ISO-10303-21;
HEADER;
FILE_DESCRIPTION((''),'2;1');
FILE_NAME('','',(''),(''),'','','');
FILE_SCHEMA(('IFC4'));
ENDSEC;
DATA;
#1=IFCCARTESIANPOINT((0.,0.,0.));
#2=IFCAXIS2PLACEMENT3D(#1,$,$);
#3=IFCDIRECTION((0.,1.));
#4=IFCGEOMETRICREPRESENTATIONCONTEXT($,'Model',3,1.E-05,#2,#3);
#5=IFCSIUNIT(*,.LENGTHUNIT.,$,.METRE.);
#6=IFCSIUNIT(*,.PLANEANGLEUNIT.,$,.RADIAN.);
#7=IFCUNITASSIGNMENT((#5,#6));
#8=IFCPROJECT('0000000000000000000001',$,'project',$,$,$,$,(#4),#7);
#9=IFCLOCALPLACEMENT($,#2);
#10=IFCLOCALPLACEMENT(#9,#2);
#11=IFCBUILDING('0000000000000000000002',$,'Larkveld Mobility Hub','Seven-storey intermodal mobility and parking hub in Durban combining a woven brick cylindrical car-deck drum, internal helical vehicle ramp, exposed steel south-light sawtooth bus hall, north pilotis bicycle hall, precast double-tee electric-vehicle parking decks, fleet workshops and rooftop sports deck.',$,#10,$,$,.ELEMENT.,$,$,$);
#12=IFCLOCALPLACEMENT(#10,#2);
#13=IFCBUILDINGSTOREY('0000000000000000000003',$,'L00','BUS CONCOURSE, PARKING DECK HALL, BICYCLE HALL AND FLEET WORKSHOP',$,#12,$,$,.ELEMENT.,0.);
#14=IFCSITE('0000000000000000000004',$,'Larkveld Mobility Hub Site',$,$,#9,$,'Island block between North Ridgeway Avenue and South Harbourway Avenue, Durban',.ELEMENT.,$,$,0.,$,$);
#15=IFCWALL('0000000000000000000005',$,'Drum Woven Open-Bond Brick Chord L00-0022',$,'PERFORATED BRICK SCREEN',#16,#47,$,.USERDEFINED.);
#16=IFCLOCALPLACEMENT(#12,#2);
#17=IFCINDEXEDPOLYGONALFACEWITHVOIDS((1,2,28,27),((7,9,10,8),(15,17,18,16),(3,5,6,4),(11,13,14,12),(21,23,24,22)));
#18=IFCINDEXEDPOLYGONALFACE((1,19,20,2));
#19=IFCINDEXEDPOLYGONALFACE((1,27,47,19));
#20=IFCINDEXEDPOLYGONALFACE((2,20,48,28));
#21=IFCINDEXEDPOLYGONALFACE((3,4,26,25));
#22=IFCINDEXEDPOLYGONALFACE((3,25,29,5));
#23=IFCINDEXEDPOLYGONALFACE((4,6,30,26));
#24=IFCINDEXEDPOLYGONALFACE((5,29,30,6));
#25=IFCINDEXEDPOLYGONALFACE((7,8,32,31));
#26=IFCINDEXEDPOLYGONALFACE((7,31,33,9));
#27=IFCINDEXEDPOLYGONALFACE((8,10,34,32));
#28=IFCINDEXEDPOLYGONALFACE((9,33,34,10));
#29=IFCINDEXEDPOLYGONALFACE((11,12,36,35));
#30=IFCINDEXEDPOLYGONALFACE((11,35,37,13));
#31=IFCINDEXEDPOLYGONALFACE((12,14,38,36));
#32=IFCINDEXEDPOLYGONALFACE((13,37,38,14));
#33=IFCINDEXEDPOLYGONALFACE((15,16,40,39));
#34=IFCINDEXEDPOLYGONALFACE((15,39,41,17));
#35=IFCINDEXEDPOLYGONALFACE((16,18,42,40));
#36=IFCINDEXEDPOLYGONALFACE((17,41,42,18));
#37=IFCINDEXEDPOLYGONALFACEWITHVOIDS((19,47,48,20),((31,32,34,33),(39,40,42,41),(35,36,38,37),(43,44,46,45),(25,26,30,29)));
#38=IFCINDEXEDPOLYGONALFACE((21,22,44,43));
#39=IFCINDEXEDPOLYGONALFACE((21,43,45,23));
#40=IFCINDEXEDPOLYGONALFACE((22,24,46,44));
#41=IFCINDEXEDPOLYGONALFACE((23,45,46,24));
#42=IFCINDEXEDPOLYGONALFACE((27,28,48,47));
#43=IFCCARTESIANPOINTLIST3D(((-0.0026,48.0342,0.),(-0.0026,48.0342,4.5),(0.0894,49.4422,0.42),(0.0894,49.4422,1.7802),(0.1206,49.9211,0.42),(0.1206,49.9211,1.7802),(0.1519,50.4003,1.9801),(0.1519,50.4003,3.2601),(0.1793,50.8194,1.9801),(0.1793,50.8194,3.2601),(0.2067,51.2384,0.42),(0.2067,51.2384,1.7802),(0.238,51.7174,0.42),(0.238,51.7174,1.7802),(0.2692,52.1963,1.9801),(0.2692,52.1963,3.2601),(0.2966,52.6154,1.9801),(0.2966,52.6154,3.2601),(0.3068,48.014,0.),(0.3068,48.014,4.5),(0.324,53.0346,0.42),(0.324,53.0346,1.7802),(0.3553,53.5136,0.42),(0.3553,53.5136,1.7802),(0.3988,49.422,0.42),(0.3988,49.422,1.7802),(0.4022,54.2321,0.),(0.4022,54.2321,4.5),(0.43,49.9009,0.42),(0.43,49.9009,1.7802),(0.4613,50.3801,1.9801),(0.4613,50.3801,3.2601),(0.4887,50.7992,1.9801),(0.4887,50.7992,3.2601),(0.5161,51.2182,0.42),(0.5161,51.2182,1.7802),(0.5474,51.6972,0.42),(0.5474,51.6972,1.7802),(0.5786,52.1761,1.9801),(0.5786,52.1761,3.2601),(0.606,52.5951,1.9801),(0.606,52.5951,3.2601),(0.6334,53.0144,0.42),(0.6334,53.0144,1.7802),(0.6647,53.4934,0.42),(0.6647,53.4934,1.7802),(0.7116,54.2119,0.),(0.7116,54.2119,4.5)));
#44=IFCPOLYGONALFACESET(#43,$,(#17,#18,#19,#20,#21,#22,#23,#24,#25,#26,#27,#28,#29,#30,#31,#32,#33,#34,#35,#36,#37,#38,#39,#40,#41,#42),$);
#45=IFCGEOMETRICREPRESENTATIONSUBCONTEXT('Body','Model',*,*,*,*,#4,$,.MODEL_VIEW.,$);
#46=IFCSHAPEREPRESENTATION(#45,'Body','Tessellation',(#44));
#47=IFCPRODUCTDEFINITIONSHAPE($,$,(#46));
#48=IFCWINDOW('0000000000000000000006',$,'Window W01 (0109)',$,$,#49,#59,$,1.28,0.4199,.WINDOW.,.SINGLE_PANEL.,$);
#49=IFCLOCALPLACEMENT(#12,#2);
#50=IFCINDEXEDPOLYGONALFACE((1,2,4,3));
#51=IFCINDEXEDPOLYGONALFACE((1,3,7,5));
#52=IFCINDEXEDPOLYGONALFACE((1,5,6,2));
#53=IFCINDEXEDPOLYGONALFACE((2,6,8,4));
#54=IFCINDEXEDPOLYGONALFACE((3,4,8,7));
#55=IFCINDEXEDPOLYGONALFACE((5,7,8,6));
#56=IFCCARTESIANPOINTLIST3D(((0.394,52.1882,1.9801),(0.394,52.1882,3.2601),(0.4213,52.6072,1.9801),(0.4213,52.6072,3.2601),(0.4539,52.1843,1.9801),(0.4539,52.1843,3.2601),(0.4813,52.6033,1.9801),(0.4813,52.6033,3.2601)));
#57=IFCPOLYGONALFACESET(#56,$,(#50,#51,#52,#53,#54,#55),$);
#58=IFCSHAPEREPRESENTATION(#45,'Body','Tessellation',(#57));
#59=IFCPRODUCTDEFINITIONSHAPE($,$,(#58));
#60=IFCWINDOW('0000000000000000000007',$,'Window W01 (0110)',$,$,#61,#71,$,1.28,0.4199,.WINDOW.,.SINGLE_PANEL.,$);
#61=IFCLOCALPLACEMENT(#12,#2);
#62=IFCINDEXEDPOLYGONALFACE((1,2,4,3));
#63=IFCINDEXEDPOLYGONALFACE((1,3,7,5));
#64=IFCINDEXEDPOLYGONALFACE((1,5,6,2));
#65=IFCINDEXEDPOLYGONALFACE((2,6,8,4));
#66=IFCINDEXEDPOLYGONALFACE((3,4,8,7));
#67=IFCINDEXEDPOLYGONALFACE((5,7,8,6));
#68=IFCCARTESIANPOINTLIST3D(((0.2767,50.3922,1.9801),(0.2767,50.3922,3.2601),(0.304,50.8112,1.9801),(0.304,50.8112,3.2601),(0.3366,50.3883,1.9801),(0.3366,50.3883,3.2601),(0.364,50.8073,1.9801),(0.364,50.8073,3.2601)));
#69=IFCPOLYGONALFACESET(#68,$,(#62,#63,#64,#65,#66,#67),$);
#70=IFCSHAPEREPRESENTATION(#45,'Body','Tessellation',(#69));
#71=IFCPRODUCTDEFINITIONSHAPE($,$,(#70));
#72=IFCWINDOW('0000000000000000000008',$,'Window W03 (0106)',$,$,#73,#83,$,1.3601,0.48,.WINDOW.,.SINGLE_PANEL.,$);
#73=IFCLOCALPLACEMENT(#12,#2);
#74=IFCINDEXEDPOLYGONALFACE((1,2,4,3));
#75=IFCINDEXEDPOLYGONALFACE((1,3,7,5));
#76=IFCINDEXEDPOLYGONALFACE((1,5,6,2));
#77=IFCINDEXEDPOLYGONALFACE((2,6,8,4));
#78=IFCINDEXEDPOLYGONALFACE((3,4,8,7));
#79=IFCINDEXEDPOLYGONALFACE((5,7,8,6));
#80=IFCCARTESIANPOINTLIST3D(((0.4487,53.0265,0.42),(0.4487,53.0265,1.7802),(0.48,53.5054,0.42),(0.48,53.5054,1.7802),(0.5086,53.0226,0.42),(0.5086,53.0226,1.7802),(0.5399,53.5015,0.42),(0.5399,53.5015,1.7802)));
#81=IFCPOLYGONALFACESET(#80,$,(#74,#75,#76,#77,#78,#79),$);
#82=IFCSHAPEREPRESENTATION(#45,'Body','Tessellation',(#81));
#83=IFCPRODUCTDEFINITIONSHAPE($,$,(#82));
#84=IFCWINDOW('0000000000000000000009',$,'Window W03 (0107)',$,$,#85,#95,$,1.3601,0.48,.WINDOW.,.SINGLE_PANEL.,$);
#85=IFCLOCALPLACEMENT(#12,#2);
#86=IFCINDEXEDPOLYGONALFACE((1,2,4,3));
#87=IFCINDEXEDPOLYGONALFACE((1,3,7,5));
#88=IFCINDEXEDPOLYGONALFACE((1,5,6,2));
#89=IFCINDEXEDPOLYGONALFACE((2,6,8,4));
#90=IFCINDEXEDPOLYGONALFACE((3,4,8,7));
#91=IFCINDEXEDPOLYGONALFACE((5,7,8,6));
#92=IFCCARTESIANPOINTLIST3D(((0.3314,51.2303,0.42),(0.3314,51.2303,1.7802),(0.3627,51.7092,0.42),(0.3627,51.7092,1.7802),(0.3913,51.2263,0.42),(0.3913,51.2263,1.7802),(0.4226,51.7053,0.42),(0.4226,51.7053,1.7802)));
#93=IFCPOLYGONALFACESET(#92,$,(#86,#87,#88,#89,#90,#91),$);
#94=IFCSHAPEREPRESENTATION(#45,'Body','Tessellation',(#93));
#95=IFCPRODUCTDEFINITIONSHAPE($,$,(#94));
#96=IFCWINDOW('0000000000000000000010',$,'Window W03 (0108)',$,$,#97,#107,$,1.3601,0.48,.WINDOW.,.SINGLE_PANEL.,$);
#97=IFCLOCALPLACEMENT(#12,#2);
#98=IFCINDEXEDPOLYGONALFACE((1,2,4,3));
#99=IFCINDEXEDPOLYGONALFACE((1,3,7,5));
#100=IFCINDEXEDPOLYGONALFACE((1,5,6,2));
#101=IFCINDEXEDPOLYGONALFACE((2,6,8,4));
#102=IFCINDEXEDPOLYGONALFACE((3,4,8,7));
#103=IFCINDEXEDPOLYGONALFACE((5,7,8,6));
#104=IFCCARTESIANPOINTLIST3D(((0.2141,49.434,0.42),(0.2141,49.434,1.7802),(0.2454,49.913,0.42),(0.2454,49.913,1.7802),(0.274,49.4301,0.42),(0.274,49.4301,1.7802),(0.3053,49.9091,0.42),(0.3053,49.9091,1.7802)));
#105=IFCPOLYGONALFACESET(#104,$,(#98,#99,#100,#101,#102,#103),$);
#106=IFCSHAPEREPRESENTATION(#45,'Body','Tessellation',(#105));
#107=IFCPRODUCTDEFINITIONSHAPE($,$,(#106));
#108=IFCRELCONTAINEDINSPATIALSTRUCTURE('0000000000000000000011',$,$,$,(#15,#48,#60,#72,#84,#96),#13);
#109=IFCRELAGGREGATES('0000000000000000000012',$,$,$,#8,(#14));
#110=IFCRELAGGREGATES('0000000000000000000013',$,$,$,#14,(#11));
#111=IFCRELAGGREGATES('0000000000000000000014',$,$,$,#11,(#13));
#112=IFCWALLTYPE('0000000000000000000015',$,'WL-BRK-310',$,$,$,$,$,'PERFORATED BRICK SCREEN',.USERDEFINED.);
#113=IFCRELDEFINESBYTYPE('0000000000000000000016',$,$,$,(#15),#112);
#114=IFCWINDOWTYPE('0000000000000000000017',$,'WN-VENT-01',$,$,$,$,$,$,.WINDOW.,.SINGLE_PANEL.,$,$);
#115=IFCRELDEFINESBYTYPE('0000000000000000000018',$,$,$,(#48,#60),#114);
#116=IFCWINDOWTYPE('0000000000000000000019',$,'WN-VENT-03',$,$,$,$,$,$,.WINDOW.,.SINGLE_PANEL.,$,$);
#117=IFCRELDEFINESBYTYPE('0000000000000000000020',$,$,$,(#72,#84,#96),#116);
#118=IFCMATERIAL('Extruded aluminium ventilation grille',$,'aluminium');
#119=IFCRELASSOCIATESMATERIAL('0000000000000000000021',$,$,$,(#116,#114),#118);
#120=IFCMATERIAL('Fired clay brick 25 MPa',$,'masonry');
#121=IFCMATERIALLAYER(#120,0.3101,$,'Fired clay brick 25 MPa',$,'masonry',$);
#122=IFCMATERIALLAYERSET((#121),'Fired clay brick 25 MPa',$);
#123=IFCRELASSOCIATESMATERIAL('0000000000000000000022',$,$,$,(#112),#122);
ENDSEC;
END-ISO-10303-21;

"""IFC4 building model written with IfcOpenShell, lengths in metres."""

from ifc_helpers import new_model, si_unit, direction, frame, frame_2d, origin, place, context, subcontext, project, spatial, rectangle, extrude, material, layer, layer_set, type_object, element, fill, save


model = new_model("IFC4")

# Units and contexts
model_context = context("Model", 3, precision=1e-05, world=origin(), true_north=direction((0.0, 1.0)))
body_context = subcontext(model_context, "Body", "Model", "MODEL_VIEW")
ifc_project = project(units=[si_unit("LENGTHUNIT", "METRE"), si_unit("PLANEANGLEUNIT", "RADIAN")], contexts=[model_context])

# Site, building, storey
site_placement = place(None, origin())
site = spatial("IfcSite", under=ifc_project, at=site_placement, Name="Larkveld Mobility Hub Site", LongName="Island block between North Ridgeway Avenue and South Harbourway Avenue, Durban", CompositionType="ELEMENT", RefElevation=0.0)
building_placement = place(site_placement, origin())
building = spatial("IfcBuilding", under=site, at=building_placement, Name="Larkveld Mobility Hub", Description="Seven-storey intermodal mobility and parking hub in Durban combining a woven brick cylindrical car-deck drum, internal helical vehicle ramp, exposed steel south-light sawtooth bus hall, north pilotis bicycle hall, precast double-tee electric-vehicle parking decks, fleet workshops and rooftop sports deck.", CompositionType="ELEMENT")
storey_placement = place(building_placement, origin())
storey = spatial("IfcBuildingStorey", under=building, at=storey_placement, Name="L00", Description="BUS CONCOURSE, PARKING DECK HALL, BICYCLE HALL AND FLEET WORKSHOP", CompositionType="ELEMENT", Elevation=0.0)

# Wall, openings, windows
ifc_material_1 = material(Name="Fired clay brick 25 MPa", Category="masonry")
ifc_material_2 = material(Name="Extruded aluminium ventilation grille", Category="aluminium")
window_type_1 = type_object("IfcWindowType", Name="WN-VENT-03", PartitioningType="SINGLE_PANEL", PredefinedType="WINDOW", material=ifc_material_2)
ifc_layer_1 = layer(ifc_material_1, 0.3101, Name="Fired clay brick 25 MPa", Category="masonry")
ifc_layer_set_1 = layer_set([ifc_layer_1], Name="Fired clay brick 25 MPa")
wall_type_1 = type_object("IfcWallType", Name="WL-BRK-310", ElementType="PERFORATED BRICK SCREEN", PredefinedType="USERDEFINED", material=ifc_layer_set_1)
wall_1_placement = place(storey_placement, frame((0.5569, 54.2219, 0.0), z_axis=(0.0, 0.0, 1.0), x_axis=(-0.06517, -0.997874, 0.0)))
wall_1 = element("IfcWall", 1, at=wall_1_placement, inside=storey, type_object=wall_type_1, Name="Drum Woven Open-Bond Brick Chord L00-0022", ObjectType="PERFORATED BRICK SCREEN", PredefinedType="USERDEFINED", context=body_context, shape_type="SweptSolid", body=[
    extrude(rectangle(XDim=6.2112, YDim=0.3101, at=frame_2d((3.1055, 0.0))), origin(), (0.0, 0.0, 1.0), 4.5),
])
opening_1_placement = place(wall_1_placement, frame((0.72, 0.0, 0.4199)))
opening_1 = element("IfcOpeningElement", 2, at=opening_1_placement, cuts=wall_1, PredefinedType="OPENING", context=body_context, shape_type="SweptSolid", body=[
    extrude(rectangle(XDim=0.48, YDim=1.3601, at=frame_2d((0.24, 0.6802))), frame((0.0, 0.165, 0.0), z_axis=(0.0, -1.0, 0.0), x_axis=(1.0, 0.0, 0.0)), (0.0, 0.0, 1.0), 0.3301),
])
opening_2_placement = place(wall_1_placement, frame((2.52, 0.0, 0.4199)))
opening_2 = element("IfcOpeningElement", 3, at=opening_2_placement, cuts=wall_1, PredefinedType="OPENING", context=body_context, shape_type="SweptSolid", body=[
    extrude(rectangle(XDim=0.48, YDim=1.3601, at=frame_2d((0.24, 0.6802))), frame((0.0, 0.165, 0.0), z_axis=(0.0, -1.0, 0.0), x_axis=(1.0, 0.0, 0.0)), (0.0, 0.0, 1.0), 0.3301),
])
opening_3_placement = place(wall_1_placement, frame((4.3201, 0.0, 0.4199)))
opening_3 = element("IfcOpeningElement", 4, at=opening_3_placement, cuts=wall_1, PredefinedType="OPENING", context=body_context, shape_type="SweptSolid", body=[
    extrude(rectangle(XDim=0.48, YDim=1.3601, at=frame_2d((0.24, 0.6802))), frame((0.0, 0.165, 0.0), z_axis=(0.0, -1.0, 0.0), x_axis=(1.0, 0.0, 0.0)), (0.0, 0.0, 1.0), 0.3301),
])
opening_4_placement = place(wall_1_placement, frame((1.6201, 0.0, 1.98)))
opening_4 = element("IfcOpeningElement", 5, at=opening_4_placement, cuts=wall_1, PredefinedType="OPENING", context=body_context, shape_type="SweptSolid", body=[
    extrude(rectangle(XDim=0.4199, YDim=1.28, at=frame_2d((0.21, 0.6401))), frame((0.0, 0.165, 0.0), z_axis=(0.0, -1.0, 0.0), x_axis=(1.0, 0.0, 0.0)), (0.0, 0.0, 1.0), 0.3301),
])
opening_5_placement = place(wall_1_placement, frame((3.4199, 0.0, 1.98)))
opening_5 = element("IfcOpeningElement", 6, at=opening_5_placement, cuts=wall_1, PredefinedType="OPENING", context=body_context, shape_type="SweptSolid", body=[
    extrude(rectangle(XDim=0.4199, YDim=1.28, at=frame_2d((0.21, 0.6401))), frame((0.0, 0.165, 0.0), z_axis=(0.0, -1.0, 0.0), x_axis=(1.0, 0.0, 0.0)), (0.0, 0.0, 1.0), 0.3301),
])
window_type_2 = type_object("IfcWindowType", Name="WN-VENT-01", PartitioningType="SINGLE_PANEL", PredefinedType="WINDOW", material=ifc_material_2)
window_1_placement = place(opening_4_placement, origin())
window_1 = element("IfcWindow", 7, at=window_1_placement, inside=storey, type_object=window_type_2, Name="Window W01 (0109)", OverallHeight=1.28, OverallWidth=0.4199, PartitioningType="SINGLE_PANEL", PredefinedType="WINDOW", context=body_context, shape_type="SweptSolid", body=[
    extrude(rectangle(XDim=0.4199, YDim=1.28, at=frame_2d((0.21, 0.6401))), frame((0.0, 0.03, 0.0), z_axis=(0.0, -1.0, 0.0), x_axis=(1.0, 0.0, 0.0)), (0.0, 0.0, 1.0), 0.0601),
])
fill(opening_4, window_1)
window_2_placement = place(opening_5_placement, origin())
window_2 = element("IfcWindow", 8, at=window_2_placement, inside=storey, type_object=window_type_2, Name="Window W01 (0110)", OverallHeight=1.28, OverallWidth=0.4199, PartitioningType="SINGLE_PANEL", PredefinedType="WINDOW", context=body_context, shape_type="SweptSolid", body=[
    extrude(rectangle(XDim=0.4199, YDim=1.28, at=frame_2d((0.21, 0.6401))), frame((0.0, 0.03, 0.0), z_axis=(0.0, -1.0, 0.0), x_axis=(1.0, 0.0, 0.0)), (0.0, 0.0, 1.0), 0.0601),
])
fill(opening_5, window_2)
window_3_placement = place(opening_1_placement, origin())
window_3 = element("IfcWindow", 9, at=window_3_placement, inside=storey, type_object=window_type_1, Name="Window W03 (0106)", OverallHeight=1.3601, OverallWidth=0.48, PartitioningType="SINGLE_PANEL", PredefinedType="WINDOW", context=body_context, shape_type="SweptSolid", body=[
    extrude(rectangle(XDim=0.48, YDim=1.3601, at=frame_2d((0.24, 0.6802))), frame((0.0, 0.03, 0.0), z_axis=(0.0, -1.0, 0.0), x_axis=(1.0, 0.0, 0.0)), (0.0, 0.0, 1.0), 0.0601),
])
fill(opening_1, window_3)
window_4_placement = place(opening_2_placement, origin())
window_4 = element("IfcWindow", 10, at=window_4_placement, inside=storey, type_object=window_type_1, Name="Window W03 (0107)", OverallHeight=1.3601, OverallWidth=0.48, PartitioningType="SINGLE_PANEL", PredefinedType="WINDOW", context=body_context, shape_type="SweptSolid", body=[
    extrude(rectangle(XDim=0.48, YDim=1.3601, at=frame_2d((0.24, 0.6802))), frame((0.0, 0.03, 0.0), z_axis=(0.0, -1.0, 0.0), x_axis=(1.0, 0.0, 0.0)), (0.0, 0.0, 1.0), 0.0601),
])
fill(opening_2, window_4)
window_5_placement = place(opening_3_placement, origin())
window_5 = element("IfcWindow", 11, at=window_5_placement, inside=storey, type_object=window_type_1, Name="Window W03 (0108)", OverallHeight=1.3601, OverallWidth=0.48, PartitioningType="SINGLE_PANEL", PredefinedType="WINDOW", context=body_context, shape_type="SweptSolid", body=[
    extrude(rectangle(XDim=0.48, YDim=1.3601, at=frame_2d((0.24, 0.6802))), frame((0.0, 0.03, 0.0), z_axis=(0.0, -1.0, 0.0), x_axis=(1.0, 0.0, 0.0)), (0.0, 0.0, 1.0), 0.0601),
])
fill(opening_3, window_5)

save(model, "model.ifc")
